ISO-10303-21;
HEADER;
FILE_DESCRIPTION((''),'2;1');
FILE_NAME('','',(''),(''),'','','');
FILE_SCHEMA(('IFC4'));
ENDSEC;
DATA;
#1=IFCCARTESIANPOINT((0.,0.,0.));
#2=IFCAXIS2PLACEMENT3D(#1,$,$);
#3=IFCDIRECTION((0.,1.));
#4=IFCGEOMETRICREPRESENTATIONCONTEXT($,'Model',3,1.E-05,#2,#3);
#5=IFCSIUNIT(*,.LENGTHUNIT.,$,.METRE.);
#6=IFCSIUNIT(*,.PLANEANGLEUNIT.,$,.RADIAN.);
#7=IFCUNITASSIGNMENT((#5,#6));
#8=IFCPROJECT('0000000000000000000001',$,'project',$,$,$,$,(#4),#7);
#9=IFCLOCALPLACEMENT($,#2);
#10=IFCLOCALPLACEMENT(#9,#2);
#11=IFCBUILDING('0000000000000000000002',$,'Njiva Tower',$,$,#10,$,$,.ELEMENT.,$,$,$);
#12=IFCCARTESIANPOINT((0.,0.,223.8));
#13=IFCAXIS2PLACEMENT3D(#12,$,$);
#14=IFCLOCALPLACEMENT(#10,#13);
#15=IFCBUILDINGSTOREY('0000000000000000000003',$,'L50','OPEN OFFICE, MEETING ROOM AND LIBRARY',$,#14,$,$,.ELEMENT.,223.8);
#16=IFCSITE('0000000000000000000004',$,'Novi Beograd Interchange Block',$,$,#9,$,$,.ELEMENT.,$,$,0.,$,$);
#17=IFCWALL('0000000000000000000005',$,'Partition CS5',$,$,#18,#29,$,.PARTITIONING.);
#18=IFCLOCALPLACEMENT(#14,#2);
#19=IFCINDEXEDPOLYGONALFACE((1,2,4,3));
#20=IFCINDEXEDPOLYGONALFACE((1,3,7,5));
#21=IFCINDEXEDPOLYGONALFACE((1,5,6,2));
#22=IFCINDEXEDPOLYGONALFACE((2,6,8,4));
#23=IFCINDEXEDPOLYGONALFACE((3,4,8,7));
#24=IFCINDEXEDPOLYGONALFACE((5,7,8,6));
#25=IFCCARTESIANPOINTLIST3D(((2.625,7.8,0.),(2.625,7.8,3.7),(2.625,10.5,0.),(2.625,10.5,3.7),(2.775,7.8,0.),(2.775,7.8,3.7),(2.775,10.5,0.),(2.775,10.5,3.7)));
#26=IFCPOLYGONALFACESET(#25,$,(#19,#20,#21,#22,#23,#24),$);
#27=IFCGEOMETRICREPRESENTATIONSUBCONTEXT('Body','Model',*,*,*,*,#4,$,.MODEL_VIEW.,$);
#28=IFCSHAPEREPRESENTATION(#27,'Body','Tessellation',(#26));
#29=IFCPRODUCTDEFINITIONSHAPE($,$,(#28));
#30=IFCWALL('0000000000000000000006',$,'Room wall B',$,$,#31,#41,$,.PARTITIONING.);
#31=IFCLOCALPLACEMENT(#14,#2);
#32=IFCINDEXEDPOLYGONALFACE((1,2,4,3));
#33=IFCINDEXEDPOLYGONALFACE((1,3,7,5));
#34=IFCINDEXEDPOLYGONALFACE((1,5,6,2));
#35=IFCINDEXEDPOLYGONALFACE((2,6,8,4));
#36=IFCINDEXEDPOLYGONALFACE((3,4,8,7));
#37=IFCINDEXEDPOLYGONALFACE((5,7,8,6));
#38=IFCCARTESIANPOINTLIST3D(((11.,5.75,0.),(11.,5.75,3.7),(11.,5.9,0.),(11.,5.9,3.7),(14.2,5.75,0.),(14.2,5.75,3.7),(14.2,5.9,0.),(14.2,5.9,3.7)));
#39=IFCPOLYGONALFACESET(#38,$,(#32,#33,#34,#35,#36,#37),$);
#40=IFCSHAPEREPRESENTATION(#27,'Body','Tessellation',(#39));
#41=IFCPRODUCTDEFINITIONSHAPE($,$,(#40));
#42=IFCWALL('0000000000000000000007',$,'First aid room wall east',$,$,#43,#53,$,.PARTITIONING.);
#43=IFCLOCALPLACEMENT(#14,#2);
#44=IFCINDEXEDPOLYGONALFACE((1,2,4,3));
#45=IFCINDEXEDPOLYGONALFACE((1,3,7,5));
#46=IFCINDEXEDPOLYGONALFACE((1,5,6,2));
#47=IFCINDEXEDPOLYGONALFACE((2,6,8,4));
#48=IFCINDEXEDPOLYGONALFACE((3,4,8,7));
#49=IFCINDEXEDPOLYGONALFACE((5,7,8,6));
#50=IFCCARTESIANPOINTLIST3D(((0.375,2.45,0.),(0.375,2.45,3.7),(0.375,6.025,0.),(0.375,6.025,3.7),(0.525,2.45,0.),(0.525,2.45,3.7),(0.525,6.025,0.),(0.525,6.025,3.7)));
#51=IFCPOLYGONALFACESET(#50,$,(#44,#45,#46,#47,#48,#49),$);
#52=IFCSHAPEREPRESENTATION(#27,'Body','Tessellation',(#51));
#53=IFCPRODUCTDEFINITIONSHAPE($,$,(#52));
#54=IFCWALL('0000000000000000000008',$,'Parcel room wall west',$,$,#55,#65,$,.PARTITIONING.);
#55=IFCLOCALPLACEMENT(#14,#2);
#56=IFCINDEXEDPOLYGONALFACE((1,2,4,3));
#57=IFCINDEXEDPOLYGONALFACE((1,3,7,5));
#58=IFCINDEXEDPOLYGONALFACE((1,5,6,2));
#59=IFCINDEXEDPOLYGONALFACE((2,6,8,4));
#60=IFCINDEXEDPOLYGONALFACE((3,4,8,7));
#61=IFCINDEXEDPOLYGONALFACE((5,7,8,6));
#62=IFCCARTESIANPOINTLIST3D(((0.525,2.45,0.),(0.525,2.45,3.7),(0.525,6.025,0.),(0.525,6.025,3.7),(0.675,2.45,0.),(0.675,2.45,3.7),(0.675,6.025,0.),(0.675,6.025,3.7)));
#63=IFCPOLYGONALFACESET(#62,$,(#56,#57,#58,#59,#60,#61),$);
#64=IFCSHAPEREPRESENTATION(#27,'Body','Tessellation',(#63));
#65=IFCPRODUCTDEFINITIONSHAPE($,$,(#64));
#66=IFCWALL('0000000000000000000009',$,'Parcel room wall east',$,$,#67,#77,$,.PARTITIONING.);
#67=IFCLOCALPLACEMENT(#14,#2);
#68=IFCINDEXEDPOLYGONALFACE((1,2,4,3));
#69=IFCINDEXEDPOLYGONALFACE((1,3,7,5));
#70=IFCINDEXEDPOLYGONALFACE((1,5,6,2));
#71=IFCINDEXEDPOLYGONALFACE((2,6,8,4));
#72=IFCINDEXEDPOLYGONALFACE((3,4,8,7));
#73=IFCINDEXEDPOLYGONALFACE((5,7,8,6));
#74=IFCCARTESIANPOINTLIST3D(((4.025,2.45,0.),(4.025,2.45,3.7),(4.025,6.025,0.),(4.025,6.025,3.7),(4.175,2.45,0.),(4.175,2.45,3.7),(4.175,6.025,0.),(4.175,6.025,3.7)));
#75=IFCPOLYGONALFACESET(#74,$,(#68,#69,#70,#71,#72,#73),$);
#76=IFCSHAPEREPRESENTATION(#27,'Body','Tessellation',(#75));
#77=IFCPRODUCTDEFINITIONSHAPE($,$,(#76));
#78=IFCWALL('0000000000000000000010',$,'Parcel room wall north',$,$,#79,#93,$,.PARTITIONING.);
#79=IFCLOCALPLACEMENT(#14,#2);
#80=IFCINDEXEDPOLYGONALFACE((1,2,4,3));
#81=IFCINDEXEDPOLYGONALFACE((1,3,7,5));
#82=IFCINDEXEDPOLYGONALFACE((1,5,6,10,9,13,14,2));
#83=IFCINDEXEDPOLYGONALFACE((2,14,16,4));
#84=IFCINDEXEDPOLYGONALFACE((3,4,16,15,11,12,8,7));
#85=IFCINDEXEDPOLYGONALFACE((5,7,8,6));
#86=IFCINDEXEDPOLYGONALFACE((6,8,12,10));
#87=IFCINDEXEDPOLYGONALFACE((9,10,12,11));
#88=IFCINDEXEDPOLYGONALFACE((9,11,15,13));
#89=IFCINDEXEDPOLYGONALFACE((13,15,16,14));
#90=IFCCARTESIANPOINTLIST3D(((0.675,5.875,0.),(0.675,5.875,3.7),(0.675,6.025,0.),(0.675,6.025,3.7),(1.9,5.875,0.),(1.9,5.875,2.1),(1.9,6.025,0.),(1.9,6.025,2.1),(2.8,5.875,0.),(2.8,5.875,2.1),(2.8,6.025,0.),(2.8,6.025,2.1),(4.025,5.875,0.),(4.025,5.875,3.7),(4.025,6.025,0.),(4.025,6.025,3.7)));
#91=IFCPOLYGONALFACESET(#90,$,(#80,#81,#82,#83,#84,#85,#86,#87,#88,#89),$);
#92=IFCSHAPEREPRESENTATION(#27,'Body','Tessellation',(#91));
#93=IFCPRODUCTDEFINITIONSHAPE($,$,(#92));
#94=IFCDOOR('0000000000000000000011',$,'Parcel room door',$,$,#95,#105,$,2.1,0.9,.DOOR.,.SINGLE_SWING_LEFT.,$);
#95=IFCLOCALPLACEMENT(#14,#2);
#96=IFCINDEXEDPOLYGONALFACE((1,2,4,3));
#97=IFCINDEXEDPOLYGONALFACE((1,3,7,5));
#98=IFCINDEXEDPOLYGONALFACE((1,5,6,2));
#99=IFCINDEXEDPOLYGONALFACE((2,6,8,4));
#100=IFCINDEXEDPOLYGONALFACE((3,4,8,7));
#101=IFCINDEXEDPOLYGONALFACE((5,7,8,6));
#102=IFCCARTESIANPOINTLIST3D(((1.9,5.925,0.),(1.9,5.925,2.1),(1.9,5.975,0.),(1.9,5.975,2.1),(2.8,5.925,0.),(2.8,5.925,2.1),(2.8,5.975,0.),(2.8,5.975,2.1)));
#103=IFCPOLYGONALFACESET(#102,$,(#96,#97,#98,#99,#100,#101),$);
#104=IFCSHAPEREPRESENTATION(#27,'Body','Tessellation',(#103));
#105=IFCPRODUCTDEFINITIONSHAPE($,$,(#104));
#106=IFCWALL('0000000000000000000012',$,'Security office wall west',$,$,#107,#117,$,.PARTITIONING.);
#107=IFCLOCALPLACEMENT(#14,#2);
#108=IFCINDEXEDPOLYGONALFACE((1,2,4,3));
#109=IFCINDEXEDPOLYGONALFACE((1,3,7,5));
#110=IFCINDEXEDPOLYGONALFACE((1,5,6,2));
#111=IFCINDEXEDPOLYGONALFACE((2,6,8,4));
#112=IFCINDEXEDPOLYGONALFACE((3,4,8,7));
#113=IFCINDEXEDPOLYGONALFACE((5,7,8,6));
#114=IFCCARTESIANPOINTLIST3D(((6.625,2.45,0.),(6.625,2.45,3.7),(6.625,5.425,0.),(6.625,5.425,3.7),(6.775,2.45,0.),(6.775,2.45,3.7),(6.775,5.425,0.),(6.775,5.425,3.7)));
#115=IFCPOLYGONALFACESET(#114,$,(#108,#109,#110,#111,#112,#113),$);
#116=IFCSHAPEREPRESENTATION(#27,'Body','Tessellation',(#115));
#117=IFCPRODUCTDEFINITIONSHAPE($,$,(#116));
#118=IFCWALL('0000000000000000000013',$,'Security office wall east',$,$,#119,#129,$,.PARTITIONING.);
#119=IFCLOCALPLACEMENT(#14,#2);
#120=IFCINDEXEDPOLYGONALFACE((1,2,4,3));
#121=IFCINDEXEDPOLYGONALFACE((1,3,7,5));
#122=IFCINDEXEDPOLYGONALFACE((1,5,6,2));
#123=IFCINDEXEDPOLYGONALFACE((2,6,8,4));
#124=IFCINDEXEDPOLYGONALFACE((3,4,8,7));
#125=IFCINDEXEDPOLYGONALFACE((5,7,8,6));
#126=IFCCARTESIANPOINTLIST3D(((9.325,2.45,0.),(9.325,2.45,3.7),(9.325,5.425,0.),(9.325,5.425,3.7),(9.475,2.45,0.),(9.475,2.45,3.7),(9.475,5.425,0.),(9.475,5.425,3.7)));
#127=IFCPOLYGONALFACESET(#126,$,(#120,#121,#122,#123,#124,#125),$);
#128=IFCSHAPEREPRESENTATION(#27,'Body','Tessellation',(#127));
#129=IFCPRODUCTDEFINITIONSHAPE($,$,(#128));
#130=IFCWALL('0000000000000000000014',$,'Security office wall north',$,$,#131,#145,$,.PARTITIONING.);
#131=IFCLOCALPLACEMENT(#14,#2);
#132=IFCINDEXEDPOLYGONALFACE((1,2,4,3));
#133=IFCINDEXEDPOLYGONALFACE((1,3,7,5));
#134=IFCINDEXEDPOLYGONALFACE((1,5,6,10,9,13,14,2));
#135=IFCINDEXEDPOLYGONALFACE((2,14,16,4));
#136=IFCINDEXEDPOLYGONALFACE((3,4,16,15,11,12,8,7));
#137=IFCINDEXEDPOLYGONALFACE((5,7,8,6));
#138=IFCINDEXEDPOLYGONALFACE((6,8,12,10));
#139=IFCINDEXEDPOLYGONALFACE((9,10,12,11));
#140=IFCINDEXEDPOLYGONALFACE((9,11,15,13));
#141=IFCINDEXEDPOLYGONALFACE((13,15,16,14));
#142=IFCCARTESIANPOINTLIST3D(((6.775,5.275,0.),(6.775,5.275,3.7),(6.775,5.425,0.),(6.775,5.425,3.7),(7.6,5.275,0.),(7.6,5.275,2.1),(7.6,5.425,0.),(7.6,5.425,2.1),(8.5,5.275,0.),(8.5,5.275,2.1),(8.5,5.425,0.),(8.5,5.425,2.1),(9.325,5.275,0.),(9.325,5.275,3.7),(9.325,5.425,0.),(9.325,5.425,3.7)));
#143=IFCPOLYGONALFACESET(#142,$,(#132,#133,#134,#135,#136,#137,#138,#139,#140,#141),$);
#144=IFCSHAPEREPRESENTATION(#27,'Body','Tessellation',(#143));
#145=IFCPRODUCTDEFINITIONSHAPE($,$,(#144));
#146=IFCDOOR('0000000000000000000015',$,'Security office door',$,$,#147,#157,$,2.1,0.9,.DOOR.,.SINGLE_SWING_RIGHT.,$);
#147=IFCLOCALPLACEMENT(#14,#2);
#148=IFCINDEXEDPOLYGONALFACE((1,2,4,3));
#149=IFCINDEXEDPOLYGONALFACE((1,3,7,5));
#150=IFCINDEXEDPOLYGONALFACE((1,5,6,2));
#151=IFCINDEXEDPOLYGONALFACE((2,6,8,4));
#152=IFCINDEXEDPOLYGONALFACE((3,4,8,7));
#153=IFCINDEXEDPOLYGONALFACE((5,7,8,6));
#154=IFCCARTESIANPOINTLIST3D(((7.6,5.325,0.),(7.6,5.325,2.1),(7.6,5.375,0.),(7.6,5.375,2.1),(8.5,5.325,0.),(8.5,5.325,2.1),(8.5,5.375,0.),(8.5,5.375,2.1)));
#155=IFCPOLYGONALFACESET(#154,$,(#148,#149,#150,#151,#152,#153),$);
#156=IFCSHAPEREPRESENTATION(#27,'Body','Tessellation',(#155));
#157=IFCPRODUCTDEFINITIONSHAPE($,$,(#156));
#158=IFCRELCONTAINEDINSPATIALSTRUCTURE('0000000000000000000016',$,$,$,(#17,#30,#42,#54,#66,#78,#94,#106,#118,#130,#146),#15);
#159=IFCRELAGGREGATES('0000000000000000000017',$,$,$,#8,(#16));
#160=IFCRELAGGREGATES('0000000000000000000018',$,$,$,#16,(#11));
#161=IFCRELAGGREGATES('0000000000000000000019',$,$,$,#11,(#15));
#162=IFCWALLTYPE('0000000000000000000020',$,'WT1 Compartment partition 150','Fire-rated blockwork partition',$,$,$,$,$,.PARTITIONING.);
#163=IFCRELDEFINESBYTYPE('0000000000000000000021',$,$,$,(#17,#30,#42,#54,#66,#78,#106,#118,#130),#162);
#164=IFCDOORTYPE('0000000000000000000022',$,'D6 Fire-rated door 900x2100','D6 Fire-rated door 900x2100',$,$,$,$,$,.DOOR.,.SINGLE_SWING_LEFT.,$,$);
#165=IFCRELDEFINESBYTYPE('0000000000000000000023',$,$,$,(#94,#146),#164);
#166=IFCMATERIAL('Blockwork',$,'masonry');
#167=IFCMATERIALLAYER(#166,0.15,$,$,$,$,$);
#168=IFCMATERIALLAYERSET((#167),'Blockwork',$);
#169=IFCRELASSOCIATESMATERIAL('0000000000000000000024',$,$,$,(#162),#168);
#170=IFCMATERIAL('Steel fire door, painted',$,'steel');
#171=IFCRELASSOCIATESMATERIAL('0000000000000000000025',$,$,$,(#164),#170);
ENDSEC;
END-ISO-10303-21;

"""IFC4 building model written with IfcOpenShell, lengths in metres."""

from ifc_helpers import new_model, si_unit, direction, frame, frame_2d, origin, place, context, subcontext, project, spatial, rectangle, extrude, material, layer, layer_set, type_object, element, fill, save


model = new_model("IFC4")

# Units and contexts
model_context = context("Model", 3, precision=1e-05, world=origin(), true_north=direction((0.0, 1.0)))
body_context = subcontext(model_context, "Body", "Model", "MODEL_VIEW")
ifc_project = project(units=[si_unit("LENGTHUNIT", "METRE"), si_unit("PLANEANGLEUNIT", "RADIAN")], contexts=[model_context])

# Site, building, storey
site_placement = place(None, origin())
site = spatial("IfcSite", under=ifc_project, at=site_placement, Name="Novi Beograd Interchange Block", CompositionType="ELEMENT", RefElevation=0.0)
building_placement = place(site_placement, origin())
building = spatial("IfcBuilding", under=site, at=building_placement, Name="Njiva Tower", CompositionType="ELEMENT")
storey_placement = place(building_placement, frame((0.0, 0.0, 223.8)))
storey = spatial("IfcBuildingStorey", under=building, at=storey_placement, Name="L50", Description="OPEN OFFICE, MEETING ROOM AND LIBRARY", CompositionType="ELEMENT", Elevation=223.8)

# Walls
ifc_material_1 = material(Name="Blockwork", Category="masonry")
ifc_layer_1 = layer(ifc_material_1, 0.15)
ifc_layer_set_1 = layer_set([ifc_layer_1], Name="Blockwork")
wall_type_1 = type_object("IfcWallType", Name="WT1 Compartment partition 150", Description="Fire-rated blockwork partition", PredefinedType="PARTITIONING", material=ifc_layer_set_1)
wall_1_placement = place(storey_placement, frame((2.7, 7.8, 0.0), z_axis=(0.0, 0.0, 1.0), x_axis=(0.0, 1.0, 0.0)))
element("IfcWall", 1, at=wall_1_placement, inside=storey, type_object=wall_type_1, Name="Partition CS5", PredefinedType="PARTITIONING", context=body_context, shape_type="SweptSolid", body=[
    extrude(rectangle(XDim=2.7, YDim=0.15, at=frame_2d((1.35, 0.0))), origin(), (0.0, 0.0, 1.0), 3.7),
])
wall_2_placement = place(storey_placement, frame((11.0, 5.825, 0.0), z_axis=(0.0, 0.0, 1.0), x_axis=(1.0, 0.0, 0.0)))
element("IfcWall", 2, at=wall_2_placement, inside=storey, type_object=wall_type_1, Name="Room wall B", PredefinedType="PARTITIONING", context=body_context, shape_type="SweptSolid", body=[
    extrude(rectangle(XDim=3.2, YDim=0.15, at=frame_2d((1.6, 0.0))), origin(), (0.0, 0.0, 1.0), 3.7),
])
for number, where, z_axis, x_axis, name in (
    (3, (0.45, 2.45, 0.0), (0.0, 0.0, 1.0), (0.0, 1.0, 0.0), "First aid room wall east"),
    (4, (0.6, 2.45, 0.0), (0.0, 0.0, 1.0), (0.0, 1.0, 0.0), "Parcel room wall west"),
    (5, (4.1, 2.45, 0.0), (0.0, 0.0, 1.0), (0.0, 1.0, 0.0), "Parcel room wall east"),
):
    element("IfcWall", number, at=place(storey_placement, frame(where, z_axis=z_axis, x_axis=x_axis)), inside=storey, type_object=wall_type_1, Name=name, PredefinedType="PARTITIONING", context=body_context, shape_type="SweptSolid", body=[
        extrude(rectangle(XDim=3.575, YDim=0.15, at=frame_2d((1.7875, 0.0))), origin(), (0.0, 0.0, 1.0), 3.7),
    ])

# Wall, opening, door
wall_3_placement = place(storey_placement, frame((0.675, 5.95, 0.0), z_axis=(0.0, 0.0, 1.0), x_axis=(1.0, 0.0, 0.0)))
wall_3 = element("IfcWall", 6, at=wall_3_placement, inside=storey, type_object=wall_type_1, Name="Parcel room wall north", PredefinedType="PARTITIONING", context=body_context, shape_type="SweptSolid", body=[
    extrude(rectangle(XDim=3.35, YDim=0.15, at=frame_2d((1.675, 0.0))), origin(), (0.0, 0.0, 1.0), 3.7),
])
opening_1_placement = place(wall_3_placement, frame((1.225, 0.0, 0.0)))
opening_1 = element("IfcOpeningElement", 7, at=opening_1_placement, cuts=wall_3, PredefinedType="OPENING", context=body_context, shape_type="SweptSolid", body=[
    extrude(rectangle(XDim=0.9, YDim=2.1, at=frame_2d((0.45, 1.05))), frame((0.0, 0.085, 0.0), z_axis=(0.0, -1.0, 0.0), x_axis=(1.0, 0.0, 0.0)), (0.0, 0.0, 1.0), 0.17),
])
ifc_material_2 = material(Name="Steel fire door, painted", Category="steel")
door_type_1 = type_object("IfcDoorType", Name="D6 Fire-rated door 900x2100", Description="D6 Fire-rated door 900x2100", OperationType="SINGLE_SWING_LEFT", PredefinedType="DOOR", material=ifc_material_2)
door_1_placement = place(opening_1_placement, origin())
door_1 = element("IfcDoor", 8, at=door_1_placement, inside=storey, type_object=door_type_1, Name="Parcel room door", OperationType="SINGLE_SWING_LEFT", OverallHeight=2.1, OverallWidth=0.9, PredefinedType="DOOR", context=body_context, shape_type="SweptSolid", body=[
    extrude(rectangle(XDim=0.9, YDim=2.1, at=frame_2d((0.45, 1.05))), frame((0.0, 0.025, 0.0), z_axis=(0.0, -1.0, 0.0), x_axis=(1.0, 0.0, 0.0)), (0.0, 0.0, 1.0), 0.05),
])
fill(opening_1, door_1)

# Walls
for number, where, z_axis, x_axis, name in (
    (9, (6.7, 2.45, 0.0), (0.0, 0.0, 1.0), (0.0, 1.0, 0.0), "Security office wall west"),
    (10, (9.4, 2.45, 0.0), (0.0, 0.0, 1.0), (0.0, 1.0, 0.0), "Security office wall east"),
):
    element("IfcWall", number, at=place(storey_placement, frame(where, z_axis=z_axis, x_axis=x_axis)), inside=storey, type_object=wall_type_1, Name=name, PredefinedType="PARTITIONING", context=body_context, shape_type="SweptSolid", body=[
        extrude(rectangle(XDim=2.975, YDim=0.15, at=frame_2d((1.4875, 0.0))), origin(), (0.0, 0.0, 1.0), 3.7),
    ])

# Wall, opening, door
wall_4_placement = place(storey_placement, frame((6.775, 5.35, 0.0), z_axis=(0.0, 0.0, 1.0), x_axis=(1.0, 0.0, 0.0)))
wall_4 = element("IfcWall", 11, at=wall_4_placement, inside=storey, type_object=wall_type_1, Name="Security office wall north", PredefinedType="PARTITIONING", context=body_context, shape_type="SweptSolid", body=[
    extrude(rectangle(XDim=2.55, YDim=0.15, at=frame_2d((1.275, 0.0))), origin(), (0.0, 0.0, 1.0), 3.7),
])
opening_2_placement = place(wall_4_placement, frame((0.825, 0.0, 0.0)))
opening_2 = element("IfcOpeningElement", 12, at=opening_2_placement, cuts=wall_4, PredefinedType="OPENING", context=body_context, shape_type="SweptSolid", body=[
    extrude(rectangle(XDim=0.9, YDim=2.1, at=frame_2d((0.45, 1.05))), frame((0.0, 0.085, 0.0), z_axis=(0.0, -1.0, 0.0), x_axis=(1.0, 0.0, 0.0)), (0.0, 0.0, 1.0), 0.17),
])
door_2_placement = place(opening_2_placement, origin())
door_2 = element("IfcDoor", 13, at=door_2_placement, inside=storey, type_object=door_type_1, Name="Security office door", OperationType="SINGLE_SWING_RIGHT", OverallHeight=2.1, OverallWidth=0.9, PredefinedType="DOOR", context=body_context, shape_type="SweptSolid", body=[
    extrude(rectangle(XDim=0.9, YDim=2.1, at=frame_2d((0.45, 1.05))), frame((0.0, 0.025, 0.0), z_axis=(0.0, -1.0, 0.0), x_axis=(1.0, 0.0, 0.0)), (0.0, 0.0, 1.0), 0.05),
])
fill(opening_2, door_2)

save(model, "model.ifc")
